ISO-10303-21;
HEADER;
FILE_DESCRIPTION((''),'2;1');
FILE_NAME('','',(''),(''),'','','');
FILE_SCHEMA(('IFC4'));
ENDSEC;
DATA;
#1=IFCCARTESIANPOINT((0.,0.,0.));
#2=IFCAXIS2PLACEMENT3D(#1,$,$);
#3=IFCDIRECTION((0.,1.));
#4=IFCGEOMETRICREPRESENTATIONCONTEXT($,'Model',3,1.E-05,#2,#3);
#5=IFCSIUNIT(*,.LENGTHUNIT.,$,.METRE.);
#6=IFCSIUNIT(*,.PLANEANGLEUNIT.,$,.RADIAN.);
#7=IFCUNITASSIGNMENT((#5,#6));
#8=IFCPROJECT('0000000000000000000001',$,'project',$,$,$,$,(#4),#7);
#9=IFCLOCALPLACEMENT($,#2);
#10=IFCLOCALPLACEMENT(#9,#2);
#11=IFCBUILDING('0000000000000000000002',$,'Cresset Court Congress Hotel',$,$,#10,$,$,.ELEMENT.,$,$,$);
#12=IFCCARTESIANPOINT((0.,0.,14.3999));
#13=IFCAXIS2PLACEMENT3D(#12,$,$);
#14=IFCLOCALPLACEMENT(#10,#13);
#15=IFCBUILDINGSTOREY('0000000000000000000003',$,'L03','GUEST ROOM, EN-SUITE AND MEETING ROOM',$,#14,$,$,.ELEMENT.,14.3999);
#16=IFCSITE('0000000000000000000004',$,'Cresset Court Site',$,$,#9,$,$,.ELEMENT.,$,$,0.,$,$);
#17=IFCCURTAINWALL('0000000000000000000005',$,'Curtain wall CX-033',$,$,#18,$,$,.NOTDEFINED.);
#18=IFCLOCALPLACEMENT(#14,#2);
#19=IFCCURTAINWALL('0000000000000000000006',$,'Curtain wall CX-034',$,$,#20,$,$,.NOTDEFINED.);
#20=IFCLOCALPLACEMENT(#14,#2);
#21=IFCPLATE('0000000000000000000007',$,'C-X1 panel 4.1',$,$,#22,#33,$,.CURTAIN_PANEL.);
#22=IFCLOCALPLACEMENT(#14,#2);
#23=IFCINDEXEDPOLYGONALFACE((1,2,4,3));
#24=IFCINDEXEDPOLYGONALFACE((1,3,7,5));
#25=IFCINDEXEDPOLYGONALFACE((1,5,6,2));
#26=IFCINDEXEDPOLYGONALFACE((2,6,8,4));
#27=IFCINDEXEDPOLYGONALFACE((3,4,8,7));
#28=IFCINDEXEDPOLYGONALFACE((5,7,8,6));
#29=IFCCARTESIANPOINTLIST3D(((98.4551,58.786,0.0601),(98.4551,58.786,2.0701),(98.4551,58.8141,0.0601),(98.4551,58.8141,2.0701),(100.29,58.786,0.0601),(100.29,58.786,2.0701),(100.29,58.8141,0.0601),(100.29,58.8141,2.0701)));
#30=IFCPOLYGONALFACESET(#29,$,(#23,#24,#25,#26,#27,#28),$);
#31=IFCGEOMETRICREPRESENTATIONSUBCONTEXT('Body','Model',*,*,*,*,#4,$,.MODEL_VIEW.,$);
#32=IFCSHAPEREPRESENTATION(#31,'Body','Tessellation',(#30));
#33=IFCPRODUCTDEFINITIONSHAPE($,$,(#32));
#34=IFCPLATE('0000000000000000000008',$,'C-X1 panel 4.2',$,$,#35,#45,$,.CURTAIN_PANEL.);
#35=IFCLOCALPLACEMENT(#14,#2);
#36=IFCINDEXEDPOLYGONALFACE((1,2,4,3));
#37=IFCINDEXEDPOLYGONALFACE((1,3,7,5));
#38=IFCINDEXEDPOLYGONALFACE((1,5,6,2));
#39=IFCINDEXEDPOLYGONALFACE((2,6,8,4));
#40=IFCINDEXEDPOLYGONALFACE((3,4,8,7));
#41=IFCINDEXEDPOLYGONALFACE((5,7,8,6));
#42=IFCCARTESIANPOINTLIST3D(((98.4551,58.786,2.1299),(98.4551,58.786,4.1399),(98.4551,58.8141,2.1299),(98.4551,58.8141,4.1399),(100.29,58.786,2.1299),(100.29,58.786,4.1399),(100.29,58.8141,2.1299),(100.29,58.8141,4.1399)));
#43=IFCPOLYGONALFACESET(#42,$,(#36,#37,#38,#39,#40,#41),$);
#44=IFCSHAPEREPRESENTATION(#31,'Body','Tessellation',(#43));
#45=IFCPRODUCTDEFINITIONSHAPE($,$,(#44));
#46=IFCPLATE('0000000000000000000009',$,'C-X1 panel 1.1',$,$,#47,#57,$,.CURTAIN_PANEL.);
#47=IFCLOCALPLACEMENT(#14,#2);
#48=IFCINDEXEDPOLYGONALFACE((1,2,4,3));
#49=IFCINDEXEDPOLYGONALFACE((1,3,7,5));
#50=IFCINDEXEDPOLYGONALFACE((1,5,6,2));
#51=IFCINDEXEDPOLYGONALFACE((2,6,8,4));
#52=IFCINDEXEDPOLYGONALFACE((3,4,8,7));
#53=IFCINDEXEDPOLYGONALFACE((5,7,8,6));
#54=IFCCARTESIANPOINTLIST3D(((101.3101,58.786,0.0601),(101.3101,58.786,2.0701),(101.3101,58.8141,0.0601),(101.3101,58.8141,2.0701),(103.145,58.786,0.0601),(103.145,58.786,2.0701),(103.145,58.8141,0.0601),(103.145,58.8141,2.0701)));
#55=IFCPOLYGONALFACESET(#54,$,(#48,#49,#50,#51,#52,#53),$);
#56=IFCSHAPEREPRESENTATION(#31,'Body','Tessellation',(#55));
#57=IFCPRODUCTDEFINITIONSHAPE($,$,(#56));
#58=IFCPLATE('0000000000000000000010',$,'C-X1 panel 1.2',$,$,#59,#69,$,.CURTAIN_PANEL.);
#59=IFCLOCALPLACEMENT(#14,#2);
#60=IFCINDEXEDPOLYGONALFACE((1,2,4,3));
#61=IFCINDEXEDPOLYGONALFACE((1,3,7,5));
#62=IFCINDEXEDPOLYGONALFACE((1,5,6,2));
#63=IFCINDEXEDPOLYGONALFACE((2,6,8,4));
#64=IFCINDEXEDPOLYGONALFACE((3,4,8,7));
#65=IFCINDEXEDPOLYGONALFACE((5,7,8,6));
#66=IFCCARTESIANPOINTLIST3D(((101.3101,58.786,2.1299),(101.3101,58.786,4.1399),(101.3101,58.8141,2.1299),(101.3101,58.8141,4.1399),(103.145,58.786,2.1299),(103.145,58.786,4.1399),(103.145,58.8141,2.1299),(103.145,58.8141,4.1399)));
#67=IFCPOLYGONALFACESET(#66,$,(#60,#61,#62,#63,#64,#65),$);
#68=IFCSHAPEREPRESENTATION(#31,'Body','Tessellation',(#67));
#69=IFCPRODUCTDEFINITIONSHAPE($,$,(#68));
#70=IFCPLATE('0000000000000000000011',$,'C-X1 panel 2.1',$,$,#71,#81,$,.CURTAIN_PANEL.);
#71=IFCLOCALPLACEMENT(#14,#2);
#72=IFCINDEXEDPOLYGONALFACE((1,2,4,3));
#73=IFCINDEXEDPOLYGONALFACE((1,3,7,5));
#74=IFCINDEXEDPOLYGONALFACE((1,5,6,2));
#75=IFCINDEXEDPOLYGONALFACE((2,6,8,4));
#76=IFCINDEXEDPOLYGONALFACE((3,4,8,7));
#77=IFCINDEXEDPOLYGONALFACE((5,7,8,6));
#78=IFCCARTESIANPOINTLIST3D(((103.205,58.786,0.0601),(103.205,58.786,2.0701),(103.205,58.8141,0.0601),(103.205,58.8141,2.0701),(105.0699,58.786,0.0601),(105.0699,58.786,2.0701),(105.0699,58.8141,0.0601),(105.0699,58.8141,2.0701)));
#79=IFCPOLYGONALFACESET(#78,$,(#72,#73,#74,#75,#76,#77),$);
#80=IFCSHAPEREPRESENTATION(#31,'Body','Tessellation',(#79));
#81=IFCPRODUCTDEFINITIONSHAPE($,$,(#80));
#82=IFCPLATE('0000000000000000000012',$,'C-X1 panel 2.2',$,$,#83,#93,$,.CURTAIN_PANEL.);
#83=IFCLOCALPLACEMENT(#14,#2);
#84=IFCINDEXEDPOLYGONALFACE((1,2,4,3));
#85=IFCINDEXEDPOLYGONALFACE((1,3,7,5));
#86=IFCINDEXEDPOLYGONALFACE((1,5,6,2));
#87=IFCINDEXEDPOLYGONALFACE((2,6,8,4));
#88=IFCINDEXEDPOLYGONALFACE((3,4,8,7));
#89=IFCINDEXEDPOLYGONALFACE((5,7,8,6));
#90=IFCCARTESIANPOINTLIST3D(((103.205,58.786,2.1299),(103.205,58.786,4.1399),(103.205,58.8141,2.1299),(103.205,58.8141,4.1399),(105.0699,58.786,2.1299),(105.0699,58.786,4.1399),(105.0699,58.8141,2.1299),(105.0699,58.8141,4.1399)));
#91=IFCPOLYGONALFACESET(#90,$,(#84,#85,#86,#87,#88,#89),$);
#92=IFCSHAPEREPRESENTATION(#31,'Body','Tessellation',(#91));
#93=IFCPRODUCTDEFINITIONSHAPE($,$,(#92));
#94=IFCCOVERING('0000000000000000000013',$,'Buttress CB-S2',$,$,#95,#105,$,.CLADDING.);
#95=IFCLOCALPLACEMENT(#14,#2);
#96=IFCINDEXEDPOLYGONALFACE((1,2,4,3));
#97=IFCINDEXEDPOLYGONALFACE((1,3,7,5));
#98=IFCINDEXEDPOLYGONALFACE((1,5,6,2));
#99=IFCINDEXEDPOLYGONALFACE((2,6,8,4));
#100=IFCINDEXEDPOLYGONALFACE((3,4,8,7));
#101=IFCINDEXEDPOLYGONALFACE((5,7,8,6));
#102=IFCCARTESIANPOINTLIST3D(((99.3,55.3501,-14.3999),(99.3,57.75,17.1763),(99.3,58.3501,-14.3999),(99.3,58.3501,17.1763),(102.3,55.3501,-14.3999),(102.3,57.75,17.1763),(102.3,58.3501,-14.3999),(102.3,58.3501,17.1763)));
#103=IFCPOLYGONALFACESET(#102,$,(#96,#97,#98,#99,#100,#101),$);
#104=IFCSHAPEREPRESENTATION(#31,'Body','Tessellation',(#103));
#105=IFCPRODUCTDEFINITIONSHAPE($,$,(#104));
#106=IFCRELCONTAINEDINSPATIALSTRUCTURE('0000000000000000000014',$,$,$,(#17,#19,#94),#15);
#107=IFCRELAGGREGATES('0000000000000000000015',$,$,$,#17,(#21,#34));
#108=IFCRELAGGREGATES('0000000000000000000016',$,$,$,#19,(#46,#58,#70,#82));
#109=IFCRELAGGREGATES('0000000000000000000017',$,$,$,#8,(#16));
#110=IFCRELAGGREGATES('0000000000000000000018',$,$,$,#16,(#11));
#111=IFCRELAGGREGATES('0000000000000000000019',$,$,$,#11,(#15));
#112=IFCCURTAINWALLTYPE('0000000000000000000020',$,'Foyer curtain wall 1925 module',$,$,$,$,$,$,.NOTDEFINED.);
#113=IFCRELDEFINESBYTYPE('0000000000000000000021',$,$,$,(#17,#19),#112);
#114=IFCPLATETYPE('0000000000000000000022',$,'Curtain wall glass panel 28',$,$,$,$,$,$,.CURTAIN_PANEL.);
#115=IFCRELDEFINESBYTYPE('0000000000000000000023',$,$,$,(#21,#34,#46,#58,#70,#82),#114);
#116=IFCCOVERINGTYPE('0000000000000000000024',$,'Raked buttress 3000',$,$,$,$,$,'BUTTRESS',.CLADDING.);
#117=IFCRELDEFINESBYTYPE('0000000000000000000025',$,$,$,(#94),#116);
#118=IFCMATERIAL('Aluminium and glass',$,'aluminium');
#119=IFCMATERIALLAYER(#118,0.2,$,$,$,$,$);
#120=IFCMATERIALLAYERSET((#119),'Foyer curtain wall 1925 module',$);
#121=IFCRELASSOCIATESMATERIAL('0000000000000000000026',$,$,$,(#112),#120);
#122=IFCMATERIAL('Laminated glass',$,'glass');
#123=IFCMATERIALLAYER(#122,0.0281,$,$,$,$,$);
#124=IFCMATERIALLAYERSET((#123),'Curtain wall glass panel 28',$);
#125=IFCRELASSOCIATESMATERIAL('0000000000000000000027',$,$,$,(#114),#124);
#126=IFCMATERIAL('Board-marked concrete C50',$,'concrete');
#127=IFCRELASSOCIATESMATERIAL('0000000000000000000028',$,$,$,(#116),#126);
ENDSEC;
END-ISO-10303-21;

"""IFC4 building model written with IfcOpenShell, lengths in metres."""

from ifc_helpers import new_model, si_unit, direction, frame, origin, origin_2d, place, context, subcontext, project, spatial, polyline, rectangle, outline, extrude, material, layer, layer_set, type_object, element, aggregate, save


model = new_model("IFC4")

# Units and contexts
model_context = context("Model", 3, precision=1e-05, world=origin(), true_north=direction((0.0, 1.0)))
body_context = subcontext(model_context, "Body", "Model", "MODEL_VIEW")
ifc_project = project(units=[si_unit("LENGTHUNIT", "METRE"), si_unit("PLANEANGLEUNIT", "RADIAN")], contexts=[model_context])

# Site, building, storey
site_placement = place(None, origin())
site = spatial("IfcSite", under=ifc_project, at=site_placement, Name="Cresset Court Site", CompositionType="ELEMENT", RefElevation=0.0)
building_placement = place(site_placement, origin())
building = spatial("IfcBuilding", under=site, at=building_placement, Name="Cresset Court Congress Hotel", CompositionType="ELEMENT")
storey_placement = place(building_placement, frame((0.0, 0.0, 14.3999)))
storey = spatial("IfcBuildingStorey", under=building, at=storey_placement, Name="L03", Description="GUEST ROOM, EN-SUITE AND MEETING ROOM", CompositionType="ELEMENT", Elevation=14.3999)

# Curtain walls
ifc_material_1 = material(Name="Aluminium and glass", Category="aluminium")
ifc_layer_1 = layer(ifc_material_1, 0.2)
ifc_layer_set_1 = layer_set([ifc_layer_1], Name="Foyer curtain wall 1925 module")
curtain_wall_type = type_object("IfcCurtainWallType", Name="Foyer curtain wall 1925 module", PredefinedType="NOTDEFINED", material=ifc_layer_set_1)
curtain_wall_1_placement = place(storey_placement, origin())
curtain_wall_1 = element("IfcCurtainWall", 1, at=curtain_wall_1_placement, inside=storey, type_object=curtain_wall_type, Name="Curtain wall CX-033", PredefinedType="NOTDEFINED")
curtain_wall_2_placement = place(storey_placement, origin())
curtain_wall_2 = element("IfcCurtainWall", 2, at=curtain_wall_2_placement, inside=storey, type_object=curtain_wall_type, Name="Curtain wall CX-034", PredefinedType="NOTDEFINED")

# Plates
ifc_material_2 = material(Name="Laminated glass", Category="glass")
ifc_layer_2 = layer(ifc_material_2, 0.0281)
ifc_layer_set_2 = layer_set([ifc_layer_2], Name="Curtain wall glass panel 28")
plate_type = type_object("IfcPlateType", Name="Curtain wall glass panel 28", PredefinedType="CURTAIN_PANEL", material=ifc_layer_set_2)
plate_1_placement = place(storey_placement, frame((99.3726, 58.8, 0.0601), z_axis=(0.0, 0.0, 1.0), x_axis=(1.0, 0.0, 0.0)))
plate_1 = element("IfcPlate", 3, at=plate_1_placement, type_object=plate_type, Name="C-X1 panel 4.1", PredefinedType="CURTAIN_PANEL", context=body_context, shape_type="SweptSolid", body=[
    extrude(rectangle(XDim=1.835, YDim=0.0281, at=origin_2d()), origin(), (0.0, 0.0, 1.0), 2.01),
])
plate_2_placement = place(storey_placement, frame((99.3726, 58.8, 2.1299), z_axis=(0.0, 0.0, 1.0), x_axis=(1.0, 0.0, 0.0)))
plate_2 = element("IfcPlate", 4, at=plate_2_placement, type_object=plate_type, Name="C-X1 panel 4.2", PredefinedType="CURTAIN_PANEL", context=body_context, shape_type="SweptSolid", body=[
    extrude(rectangle(XDim=1.835, YDim=0.0281, at=origin_2d()), origin(), (0.0, 0.0, 1.0), 2.01),
])
aggregate(curtain_wall_1, [plate_1, plate_2])
plate_3_placement = place(storey_placement, frame((102.2275, 58.8, 0.0601), z_axis=(0.0, 0.0, 1.0), x_axis=(1.0, 0.0, 0.0)))
plate_3 = element("IfcPlate", 5, at=plate_3_placement, type_object=plate_type, Name="C-X1 panel 1.1", PredefinedType="CURTAIN_PANEL", context=body_context, shape_type="SweptSolid", body=[
    extrude(rectangle(XDim=1.835, YDim=0.0281, at=origin_2d()), origin(), (0.0, 0.0, 1.0), 2.01),
])
plate_4_placement = place(storey_placement, frame((102.2275, 58.8, 2.1299), z_axis=(0.0, 0.0, 1.0), x_axis=(1.0, 0.0, 0.0)))
plate_4 = element("IfcPlate", 6, at=plate_4_placement, type_object=plate_type, Name="C-X1 panel 1.2", PredefinedType="CURTAIN_PANEL", context=body_context, shape_type="SweptSolid", body=[
    extrude(rectangle(XDim=1.835, YDim=0.0281, at=origin_2d()), origin(), (0.0, 0.0, 1.0), 2.01),
])
plate_5_placement = place(storey_placement, frame((104.1375, 58.8, 0.0601), z_axis=(0.0, 0.0, 1.0), x_axis=(1.0, 0.0, 0.0)))
plate_5 = element("IfcPlate", 7, at=plate_5_placement, type_object=plate_type, Name="C-X1 panel 2.1", PredefinedType="CURTAIN_PANEL", context=body_context, shape_type="SweptSolid", body=[
    extrude(rectangle(XDim=1.865, YDim=0.0281, at=origin_2d()), origin(), (0.0, 0.0, 1.0), 2.01),
])
plate_6_placement = place(storey_placement, frame((104.1375, 58.8, 2.1299), z_axis=(0.0, 0.0, 1.0), x_axis=(1.0, 0.0, 0.0)))
plate_6 = element("IfcPlate", 8, at=plate_6_placement, type_object=plate_type, Name="C-X1 panel 2.2", PredefinedType="CURTAIN_PANEL", context=body_context, shape_type="SweptSolid", body=[
    extrude(rectangle(XDim=1.865, YDim=0.0281, at=origin_2d()), origin(), (0.0, 0.0, 1.0), 2.01),
])
aggregate(curtain_wall_2, [plate_3, plate_4, plate_5, plate_6])

# Covering
ifc_material_3 = material(Name="Board-marked concrete C50", Category="concrete")
covering_type = type_object("IfcCoveringType", Name="Raked buttress 3000", ElementType="BUTTRESS", PredefinedType="CLADDING", material=ifc_material_3)
covering_placement = place(storey_placement, frame((102.3, 58.3501, 17.1763), z_axis=(1.0, 0.0, 0.0), x_axis=(0.0, -1.0, 0.0)))
element("IfcCovering", 9, at=covering_placement, inside=storey, type_object=covering_type, Name="Buttress CB-S2", PredefinedType="CLADDING", context=body_context, shape_type="SweptSolid", body=[
    extrude(outline(polyline([(0.0, 0.0), (0.6001, 0.0), (3.0, 31.5762), (0.0, 31.5762), (0.0, 0.0)])), origin(), (0.0, 0.0, -1.0), 3.0),
])

save(model, "model.ifc")
